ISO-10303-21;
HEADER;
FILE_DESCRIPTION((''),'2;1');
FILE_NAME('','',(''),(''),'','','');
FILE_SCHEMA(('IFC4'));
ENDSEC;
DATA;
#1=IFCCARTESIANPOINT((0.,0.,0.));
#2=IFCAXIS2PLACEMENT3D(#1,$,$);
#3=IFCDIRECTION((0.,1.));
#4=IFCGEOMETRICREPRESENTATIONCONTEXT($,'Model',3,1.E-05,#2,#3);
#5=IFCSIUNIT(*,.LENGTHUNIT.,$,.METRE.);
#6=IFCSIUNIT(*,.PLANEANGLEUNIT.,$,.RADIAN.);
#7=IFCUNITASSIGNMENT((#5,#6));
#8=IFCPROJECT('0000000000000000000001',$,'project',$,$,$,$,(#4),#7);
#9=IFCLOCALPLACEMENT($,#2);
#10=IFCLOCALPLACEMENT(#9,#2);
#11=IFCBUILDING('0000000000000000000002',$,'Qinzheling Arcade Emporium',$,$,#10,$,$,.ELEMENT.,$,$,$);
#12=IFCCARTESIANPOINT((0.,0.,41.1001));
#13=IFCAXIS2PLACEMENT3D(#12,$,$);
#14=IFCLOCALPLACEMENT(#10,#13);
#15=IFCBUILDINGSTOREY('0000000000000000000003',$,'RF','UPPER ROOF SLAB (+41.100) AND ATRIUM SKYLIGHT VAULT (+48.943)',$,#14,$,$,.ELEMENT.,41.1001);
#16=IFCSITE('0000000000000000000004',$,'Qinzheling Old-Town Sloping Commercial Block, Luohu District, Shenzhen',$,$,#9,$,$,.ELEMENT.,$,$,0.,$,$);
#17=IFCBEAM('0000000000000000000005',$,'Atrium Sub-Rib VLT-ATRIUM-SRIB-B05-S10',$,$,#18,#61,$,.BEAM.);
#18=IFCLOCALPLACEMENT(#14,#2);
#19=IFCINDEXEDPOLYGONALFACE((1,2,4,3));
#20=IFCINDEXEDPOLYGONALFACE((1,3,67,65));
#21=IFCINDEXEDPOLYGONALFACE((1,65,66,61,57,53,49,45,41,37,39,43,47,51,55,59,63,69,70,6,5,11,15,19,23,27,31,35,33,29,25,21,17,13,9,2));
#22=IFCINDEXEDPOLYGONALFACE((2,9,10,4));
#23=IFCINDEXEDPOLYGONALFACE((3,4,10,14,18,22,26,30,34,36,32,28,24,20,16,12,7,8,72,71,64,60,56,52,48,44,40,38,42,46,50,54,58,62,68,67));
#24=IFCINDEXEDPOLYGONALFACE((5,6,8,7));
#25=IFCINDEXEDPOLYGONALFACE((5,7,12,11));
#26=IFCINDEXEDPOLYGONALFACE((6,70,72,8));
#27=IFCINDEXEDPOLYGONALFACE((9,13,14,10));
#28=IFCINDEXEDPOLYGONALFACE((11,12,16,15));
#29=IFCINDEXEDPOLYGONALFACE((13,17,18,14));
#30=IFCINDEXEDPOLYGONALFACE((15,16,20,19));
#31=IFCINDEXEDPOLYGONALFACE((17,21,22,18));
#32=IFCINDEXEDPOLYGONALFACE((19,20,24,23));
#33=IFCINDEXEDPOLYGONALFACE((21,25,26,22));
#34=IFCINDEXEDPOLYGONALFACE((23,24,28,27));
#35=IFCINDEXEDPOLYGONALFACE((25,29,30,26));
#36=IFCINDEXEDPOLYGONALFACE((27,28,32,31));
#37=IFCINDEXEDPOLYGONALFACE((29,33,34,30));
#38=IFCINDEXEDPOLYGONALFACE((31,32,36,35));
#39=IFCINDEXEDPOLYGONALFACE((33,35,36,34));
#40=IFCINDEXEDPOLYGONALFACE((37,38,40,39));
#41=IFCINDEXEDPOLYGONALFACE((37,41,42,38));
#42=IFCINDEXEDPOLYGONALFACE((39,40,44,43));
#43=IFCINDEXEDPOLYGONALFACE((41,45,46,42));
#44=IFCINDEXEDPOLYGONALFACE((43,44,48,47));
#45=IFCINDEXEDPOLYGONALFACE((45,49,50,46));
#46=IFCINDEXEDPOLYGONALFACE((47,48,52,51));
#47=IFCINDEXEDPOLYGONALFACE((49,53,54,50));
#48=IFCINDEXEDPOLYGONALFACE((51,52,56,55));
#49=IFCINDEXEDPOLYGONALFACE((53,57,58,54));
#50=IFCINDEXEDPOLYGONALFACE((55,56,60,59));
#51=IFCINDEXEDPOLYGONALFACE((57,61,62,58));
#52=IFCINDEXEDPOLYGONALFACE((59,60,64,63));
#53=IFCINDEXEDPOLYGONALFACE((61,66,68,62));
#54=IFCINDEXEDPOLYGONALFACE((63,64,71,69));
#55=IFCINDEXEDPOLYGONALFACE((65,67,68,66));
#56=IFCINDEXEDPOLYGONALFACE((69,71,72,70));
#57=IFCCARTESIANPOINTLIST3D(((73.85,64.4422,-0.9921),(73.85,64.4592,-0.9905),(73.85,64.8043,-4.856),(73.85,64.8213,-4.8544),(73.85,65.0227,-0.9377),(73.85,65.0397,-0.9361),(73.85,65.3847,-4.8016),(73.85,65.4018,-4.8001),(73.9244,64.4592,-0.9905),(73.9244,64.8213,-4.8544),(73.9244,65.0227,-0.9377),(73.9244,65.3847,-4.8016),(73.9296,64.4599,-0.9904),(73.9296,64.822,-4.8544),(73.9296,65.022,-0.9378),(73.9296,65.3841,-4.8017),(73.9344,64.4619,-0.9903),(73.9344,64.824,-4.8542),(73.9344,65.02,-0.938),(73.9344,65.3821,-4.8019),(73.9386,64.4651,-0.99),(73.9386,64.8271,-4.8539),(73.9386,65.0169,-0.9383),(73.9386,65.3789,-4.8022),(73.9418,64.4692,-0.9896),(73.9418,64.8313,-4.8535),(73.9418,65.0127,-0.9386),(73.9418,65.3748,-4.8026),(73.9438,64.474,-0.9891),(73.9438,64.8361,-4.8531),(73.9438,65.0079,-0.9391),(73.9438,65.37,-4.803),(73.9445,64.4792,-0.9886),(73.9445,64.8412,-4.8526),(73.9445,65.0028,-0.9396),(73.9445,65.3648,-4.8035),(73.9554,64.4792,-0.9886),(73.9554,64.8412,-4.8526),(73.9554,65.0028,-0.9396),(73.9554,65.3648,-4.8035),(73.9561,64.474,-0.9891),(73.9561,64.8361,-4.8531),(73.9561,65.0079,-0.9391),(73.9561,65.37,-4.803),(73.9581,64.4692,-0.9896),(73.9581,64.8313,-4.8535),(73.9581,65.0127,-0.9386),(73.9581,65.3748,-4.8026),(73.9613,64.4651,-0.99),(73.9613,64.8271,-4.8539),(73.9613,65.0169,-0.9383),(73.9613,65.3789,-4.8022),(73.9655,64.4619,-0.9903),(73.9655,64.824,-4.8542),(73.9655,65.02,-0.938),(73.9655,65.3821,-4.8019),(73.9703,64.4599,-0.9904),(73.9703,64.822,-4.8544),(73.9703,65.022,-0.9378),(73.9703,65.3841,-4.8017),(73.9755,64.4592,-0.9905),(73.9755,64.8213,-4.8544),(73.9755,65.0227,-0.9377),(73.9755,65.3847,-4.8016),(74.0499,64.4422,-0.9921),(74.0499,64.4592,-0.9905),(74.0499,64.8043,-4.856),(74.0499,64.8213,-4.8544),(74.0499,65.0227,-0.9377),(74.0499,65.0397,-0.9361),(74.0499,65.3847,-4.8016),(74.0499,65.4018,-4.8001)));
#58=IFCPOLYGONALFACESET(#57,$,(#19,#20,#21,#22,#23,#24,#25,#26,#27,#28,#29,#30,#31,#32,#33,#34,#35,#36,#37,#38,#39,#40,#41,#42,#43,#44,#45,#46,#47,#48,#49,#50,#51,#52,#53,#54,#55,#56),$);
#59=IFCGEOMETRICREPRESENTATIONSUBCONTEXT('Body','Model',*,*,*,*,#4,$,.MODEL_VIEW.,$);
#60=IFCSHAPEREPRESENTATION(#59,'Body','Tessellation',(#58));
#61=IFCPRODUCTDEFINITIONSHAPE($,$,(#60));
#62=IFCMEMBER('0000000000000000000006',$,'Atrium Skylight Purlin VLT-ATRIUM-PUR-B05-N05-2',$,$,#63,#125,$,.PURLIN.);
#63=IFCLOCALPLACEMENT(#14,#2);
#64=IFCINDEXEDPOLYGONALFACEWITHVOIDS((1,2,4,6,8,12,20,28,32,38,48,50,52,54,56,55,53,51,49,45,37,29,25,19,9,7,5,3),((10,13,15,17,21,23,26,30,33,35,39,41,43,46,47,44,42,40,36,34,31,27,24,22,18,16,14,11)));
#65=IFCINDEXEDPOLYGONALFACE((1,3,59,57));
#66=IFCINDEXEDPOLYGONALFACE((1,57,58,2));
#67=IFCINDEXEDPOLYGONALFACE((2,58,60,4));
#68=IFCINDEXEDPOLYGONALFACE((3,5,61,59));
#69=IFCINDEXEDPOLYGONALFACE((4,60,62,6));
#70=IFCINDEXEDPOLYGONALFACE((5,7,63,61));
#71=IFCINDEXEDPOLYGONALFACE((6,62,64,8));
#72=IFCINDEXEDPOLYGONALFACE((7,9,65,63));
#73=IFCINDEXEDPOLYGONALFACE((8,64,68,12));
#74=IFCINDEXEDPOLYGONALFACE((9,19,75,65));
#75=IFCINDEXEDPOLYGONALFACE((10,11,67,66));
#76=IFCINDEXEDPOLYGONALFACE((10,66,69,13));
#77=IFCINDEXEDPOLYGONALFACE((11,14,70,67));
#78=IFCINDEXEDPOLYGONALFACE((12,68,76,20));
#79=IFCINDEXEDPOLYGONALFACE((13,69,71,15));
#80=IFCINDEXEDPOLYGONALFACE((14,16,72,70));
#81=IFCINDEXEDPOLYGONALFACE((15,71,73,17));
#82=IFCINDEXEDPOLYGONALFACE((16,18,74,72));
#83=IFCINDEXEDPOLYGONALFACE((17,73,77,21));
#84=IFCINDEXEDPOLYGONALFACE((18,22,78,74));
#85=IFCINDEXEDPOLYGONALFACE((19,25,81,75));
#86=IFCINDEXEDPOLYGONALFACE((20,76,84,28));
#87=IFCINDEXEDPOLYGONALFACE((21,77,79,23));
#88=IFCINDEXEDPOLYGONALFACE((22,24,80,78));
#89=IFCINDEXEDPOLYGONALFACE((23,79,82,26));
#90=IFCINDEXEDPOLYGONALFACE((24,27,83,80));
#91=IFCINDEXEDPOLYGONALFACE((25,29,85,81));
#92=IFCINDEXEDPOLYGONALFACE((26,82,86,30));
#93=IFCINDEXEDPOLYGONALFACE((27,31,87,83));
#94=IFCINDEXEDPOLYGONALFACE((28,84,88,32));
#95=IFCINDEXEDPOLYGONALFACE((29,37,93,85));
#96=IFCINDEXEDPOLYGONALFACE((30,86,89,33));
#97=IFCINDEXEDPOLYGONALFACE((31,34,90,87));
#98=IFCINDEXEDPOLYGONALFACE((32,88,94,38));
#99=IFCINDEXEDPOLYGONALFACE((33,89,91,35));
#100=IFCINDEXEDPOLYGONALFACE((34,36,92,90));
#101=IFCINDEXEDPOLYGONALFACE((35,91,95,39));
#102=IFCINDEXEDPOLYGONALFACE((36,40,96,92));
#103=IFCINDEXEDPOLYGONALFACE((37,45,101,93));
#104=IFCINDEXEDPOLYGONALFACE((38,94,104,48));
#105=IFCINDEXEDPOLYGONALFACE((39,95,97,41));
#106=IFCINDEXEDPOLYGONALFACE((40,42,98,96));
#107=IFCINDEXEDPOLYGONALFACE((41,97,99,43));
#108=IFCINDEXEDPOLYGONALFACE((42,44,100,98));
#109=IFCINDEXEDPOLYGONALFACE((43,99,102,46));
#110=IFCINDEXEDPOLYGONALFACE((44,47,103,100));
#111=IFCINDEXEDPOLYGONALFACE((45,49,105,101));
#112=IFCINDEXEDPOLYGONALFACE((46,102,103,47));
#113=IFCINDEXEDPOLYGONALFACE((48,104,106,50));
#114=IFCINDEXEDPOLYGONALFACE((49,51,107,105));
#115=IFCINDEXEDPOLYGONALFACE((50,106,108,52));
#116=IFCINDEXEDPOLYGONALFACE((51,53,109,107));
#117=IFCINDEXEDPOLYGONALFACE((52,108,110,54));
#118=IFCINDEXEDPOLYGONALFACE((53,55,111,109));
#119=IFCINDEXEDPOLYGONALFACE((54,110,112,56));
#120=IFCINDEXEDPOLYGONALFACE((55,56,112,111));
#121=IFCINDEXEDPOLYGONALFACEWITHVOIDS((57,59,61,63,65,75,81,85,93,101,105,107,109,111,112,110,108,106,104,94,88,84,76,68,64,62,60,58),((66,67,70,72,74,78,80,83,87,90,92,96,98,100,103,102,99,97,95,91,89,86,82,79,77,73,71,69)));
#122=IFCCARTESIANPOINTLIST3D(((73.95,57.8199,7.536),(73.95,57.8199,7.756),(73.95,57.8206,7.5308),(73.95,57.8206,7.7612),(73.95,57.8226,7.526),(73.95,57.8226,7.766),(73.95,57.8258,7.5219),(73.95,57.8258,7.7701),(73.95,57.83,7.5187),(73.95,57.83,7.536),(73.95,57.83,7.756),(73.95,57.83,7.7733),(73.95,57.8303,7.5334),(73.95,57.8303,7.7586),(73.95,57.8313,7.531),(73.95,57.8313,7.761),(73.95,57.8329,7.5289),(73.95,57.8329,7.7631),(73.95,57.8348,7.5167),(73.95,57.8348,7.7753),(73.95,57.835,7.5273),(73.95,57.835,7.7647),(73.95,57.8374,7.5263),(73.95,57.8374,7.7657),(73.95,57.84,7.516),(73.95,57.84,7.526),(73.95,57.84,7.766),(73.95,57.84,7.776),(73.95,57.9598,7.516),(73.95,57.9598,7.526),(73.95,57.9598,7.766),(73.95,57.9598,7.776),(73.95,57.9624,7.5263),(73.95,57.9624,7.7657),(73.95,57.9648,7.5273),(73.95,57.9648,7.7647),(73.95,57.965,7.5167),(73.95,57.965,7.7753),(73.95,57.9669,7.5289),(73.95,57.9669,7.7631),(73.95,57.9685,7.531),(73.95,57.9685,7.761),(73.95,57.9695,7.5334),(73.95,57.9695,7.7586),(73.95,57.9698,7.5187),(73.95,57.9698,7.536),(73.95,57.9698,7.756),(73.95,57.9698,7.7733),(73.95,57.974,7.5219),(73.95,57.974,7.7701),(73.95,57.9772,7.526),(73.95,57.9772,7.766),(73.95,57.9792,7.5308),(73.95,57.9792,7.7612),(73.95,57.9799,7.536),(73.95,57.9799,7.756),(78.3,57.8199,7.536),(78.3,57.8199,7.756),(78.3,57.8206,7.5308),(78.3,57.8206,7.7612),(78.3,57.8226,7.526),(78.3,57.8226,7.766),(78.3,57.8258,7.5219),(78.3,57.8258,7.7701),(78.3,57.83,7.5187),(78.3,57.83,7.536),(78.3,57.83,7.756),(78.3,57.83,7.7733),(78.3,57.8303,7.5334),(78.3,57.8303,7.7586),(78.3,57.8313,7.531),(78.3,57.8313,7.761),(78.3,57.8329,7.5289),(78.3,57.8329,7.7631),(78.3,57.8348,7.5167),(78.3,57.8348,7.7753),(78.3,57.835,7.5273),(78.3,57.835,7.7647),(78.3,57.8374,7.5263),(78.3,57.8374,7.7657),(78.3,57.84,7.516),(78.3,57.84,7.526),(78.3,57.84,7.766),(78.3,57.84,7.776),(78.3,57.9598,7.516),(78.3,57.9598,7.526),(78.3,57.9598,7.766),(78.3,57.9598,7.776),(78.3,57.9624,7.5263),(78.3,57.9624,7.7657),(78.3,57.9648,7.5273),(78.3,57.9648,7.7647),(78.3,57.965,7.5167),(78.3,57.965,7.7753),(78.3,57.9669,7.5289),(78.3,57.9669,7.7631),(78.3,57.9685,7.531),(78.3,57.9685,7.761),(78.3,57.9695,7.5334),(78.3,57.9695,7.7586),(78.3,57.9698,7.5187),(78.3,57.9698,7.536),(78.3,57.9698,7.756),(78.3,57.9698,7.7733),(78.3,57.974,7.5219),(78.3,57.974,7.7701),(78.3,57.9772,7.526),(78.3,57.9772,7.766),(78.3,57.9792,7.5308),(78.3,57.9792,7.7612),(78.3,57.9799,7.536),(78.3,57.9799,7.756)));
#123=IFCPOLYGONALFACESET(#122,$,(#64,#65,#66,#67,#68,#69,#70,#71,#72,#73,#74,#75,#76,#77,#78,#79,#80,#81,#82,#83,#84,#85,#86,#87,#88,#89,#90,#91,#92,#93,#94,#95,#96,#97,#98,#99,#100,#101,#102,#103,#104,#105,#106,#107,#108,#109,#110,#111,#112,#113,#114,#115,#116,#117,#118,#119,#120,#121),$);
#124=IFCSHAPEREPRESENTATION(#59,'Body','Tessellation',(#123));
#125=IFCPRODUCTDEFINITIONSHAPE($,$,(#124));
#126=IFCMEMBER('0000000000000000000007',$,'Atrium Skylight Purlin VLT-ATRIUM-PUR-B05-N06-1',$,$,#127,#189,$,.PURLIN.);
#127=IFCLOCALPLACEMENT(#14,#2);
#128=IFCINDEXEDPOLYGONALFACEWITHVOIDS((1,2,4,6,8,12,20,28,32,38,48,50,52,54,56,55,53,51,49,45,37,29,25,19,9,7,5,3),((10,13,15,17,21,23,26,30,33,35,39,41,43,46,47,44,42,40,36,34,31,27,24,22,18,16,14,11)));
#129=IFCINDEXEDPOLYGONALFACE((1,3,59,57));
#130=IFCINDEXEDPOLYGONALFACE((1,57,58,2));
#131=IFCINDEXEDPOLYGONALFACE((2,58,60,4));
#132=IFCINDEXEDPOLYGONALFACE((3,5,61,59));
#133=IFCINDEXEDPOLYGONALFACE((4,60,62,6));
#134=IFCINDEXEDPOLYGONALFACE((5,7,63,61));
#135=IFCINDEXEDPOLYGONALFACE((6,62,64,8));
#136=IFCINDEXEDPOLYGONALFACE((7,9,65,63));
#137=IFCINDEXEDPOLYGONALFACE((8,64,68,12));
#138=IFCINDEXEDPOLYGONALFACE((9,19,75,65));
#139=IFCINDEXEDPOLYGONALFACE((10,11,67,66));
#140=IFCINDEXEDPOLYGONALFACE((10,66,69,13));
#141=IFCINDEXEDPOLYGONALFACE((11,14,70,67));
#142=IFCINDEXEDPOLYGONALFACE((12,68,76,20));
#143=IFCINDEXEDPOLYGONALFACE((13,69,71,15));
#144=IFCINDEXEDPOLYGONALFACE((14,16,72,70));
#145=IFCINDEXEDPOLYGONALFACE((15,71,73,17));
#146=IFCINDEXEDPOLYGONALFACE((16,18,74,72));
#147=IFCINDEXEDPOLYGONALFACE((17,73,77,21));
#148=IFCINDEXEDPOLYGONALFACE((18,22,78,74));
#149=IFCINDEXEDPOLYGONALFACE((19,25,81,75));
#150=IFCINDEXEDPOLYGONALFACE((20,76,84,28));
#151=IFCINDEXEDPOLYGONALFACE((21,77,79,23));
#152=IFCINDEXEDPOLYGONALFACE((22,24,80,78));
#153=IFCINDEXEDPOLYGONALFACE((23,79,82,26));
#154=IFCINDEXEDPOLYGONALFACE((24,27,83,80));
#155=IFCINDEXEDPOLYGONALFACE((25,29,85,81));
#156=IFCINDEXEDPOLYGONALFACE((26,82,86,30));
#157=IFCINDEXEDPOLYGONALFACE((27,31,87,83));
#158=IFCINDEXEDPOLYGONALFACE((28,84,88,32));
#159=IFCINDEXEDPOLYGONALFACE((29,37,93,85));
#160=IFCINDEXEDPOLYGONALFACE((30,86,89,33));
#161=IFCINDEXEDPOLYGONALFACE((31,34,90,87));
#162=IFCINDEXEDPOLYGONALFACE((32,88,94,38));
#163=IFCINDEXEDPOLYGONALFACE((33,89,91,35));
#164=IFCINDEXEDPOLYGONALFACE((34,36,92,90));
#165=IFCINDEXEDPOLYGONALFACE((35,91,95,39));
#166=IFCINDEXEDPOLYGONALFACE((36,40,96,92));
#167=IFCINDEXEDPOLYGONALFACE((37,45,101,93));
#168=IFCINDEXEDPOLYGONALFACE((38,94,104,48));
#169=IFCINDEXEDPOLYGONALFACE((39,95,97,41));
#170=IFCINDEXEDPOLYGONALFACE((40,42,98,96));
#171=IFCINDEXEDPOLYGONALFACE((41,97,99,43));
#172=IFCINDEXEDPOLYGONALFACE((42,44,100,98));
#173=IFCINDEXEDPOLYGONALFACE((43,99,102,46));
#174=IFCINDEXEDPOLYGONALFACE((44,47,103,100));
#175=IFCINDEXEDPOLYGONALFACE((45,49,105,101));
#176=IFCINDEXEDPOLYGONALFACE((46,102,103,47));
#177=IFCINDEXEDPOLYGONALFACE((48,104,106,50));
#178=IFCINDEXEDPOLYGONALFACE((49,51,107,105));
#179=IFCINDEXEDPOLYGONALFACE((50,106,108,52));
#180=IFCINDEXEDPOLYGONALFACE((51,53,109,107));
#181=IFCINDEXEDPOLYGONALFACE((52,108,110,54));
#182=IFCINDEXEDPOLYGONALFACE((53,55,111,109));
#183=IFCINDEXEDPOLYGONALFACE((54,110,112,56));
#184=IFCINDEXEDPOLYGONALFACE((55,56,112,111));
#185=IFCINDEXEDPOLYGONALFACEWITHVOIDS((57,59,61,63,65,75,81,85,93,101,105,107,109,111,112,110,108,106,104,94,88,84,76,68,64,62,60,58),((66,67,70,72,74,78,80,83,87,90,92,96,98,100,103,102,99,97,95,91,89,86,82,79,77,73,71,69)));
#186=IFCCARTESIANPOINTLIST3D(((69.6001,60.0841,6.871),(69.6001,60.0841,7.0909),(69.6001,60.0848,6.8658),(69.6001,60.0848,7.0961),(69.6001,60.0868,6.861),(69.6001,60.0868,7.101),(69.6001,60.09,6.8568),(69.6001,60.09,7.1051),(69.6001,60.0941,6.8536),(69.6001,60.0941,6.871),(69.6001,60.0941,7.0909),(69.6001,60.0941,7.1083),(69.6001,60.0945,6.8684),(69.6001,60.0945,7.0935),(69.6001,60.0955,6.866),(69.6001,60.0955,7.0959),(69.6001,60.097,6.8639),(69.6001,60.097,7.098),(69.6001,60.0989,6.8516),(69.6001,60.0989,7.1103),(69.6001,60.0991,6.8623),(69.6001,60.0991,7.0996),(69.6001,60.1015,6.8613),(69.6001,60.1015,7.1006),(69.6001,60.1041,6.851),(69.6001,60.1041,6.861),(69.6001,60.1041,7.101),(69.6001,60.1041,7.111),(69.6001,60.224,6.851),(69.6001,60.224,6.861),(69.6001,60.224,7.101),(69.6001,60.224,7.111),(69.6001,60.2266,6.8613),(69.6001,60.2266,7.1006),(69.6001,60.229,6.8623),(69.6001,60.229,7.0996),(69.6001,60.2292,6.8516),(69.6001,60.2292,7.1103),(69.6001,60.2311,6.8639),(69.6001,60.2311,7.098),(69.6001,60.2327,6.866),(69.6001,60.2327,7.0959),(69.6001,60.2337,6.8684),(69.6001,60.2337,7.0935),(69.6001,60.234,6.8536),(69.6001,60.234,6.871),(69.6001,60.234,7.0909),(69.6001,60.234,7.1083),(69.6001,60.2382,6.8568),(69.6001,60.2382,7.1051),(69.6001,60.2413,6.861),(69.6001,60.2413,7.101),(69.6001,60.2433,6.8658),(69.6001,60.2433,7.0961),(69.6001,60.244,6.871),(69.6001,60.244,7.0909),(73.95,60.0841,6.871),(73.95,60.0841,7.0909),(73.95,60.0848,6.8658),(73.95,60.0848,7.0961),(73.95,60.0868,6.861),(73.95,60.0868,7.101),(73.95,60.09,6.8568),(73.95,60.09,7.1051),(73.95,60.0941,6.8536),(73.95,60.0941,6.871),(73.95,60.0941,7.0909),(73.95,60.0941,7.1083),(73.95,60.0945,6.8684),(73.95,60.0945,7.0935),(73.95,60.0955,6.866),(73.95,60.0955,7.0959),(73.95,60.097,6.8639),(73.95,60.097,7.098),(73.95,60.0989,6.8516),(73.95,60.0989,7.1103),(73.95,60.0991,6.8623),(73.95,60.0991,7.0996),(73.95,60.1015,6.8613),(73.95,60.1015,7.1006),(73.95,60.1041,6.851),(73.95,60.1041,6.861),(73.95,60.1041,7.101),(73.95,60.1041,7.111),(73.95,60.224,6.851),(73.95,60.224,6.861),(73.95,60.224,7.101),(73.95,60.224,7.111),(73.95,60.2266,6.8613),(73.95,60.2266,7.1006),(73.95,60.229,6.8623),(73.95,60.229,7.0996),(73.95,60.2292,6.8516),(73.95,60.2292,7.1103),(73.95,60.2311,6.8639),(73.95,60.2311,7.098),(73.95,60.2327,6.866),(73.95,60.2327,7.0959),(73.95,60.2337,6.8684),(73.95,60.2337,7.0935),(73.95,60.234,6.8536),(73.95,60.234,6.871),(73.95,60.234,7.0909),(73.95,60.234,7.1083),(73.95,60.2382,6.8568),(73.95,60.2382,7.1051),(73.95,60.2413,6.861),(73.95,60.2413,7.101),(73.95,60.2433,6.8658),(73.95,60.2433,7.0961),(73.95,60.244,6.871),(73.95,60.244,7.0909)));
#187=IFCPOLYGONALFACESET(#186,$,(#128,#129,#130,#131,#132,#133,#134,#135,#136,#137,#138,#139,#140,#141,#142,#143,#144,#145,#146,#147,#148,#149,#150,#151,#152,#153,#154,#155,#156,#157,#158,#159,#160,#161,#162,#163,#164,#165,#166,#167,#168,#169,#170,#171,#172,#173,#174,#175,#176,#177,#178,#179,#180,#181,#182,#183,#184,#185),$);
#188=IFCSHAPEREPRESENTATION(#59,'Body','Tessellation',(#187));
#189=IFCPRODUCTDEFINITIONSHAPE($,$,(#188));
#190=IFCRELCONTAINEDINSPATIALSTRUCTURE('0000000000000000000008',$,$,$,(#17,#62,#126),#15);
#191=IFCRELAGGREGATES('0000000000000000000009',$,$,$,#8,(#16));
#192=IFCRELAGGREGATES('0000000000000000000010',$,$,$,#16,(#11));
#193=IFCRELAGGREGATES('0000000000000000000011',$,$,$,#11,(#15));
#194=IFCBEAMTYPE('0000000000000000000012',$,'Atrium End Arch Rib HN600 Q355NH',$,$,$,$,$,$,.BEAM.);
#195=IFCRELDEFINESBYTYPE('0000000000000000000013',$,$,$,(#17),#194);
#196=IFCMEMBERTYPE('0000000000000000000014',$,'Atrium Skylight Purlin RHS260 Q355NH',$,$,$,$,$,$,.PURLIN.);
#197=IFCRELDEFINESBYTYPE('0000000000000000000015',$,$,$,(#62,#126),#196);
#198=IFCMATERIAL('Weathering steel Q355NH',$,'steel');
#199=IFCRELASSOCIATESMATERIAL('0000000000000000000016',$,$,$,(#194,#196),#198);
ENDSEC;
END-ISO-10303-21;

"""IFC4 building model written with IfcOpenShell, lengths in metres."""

from ifc_helpers import new_model, si_unit, direction, frame, origin, origin_2d, place, context, subcontext, project, spatial, hollow_rectangle, i_section, extrude, material, material_profile, profile_set, type_object, element, save


model = new_model("IFC4")

# Units and contexts
model_context = context("Model", 3, precision=1e-05, world=origin(), true_north=direction((0.0, 1.0)))
body_context = subcontext(model_context, "Body", "Model", "MODEL_VIEW")
ifc_project = project(units=[si_unit("LENGTHUNIT", "METRE"), si_unit("PLANEANGLEUNIT", "RADIAN")], contexts=[model_context])

# Site, building, storey
site_placement = place(None, origin())
site = spatial("IfcSite", under=ifc_project, at=site_placement, Name="Qinzheling Old-Town Sloping Commercial Block, Luohu District, Shenzhen", CompositionType="ELEMENT", RefElevation=0.0)
building_placement = place(site_placement, origin())
building = spatial("IfcBuilding", under=site, at=building_placement, Name="Qinzheling Arcade Emporium", CompositionType="ELEMENT")
storey_placement = place(building_placement, frame((0.0, 0.0, 41.1001)))
storey = spatial("IfcBuildingStorey", under=building, at=storey_placement, Name="RF", Description="UPPER ROOF SLAB (+41.100) AND ATRIUM SKYLIGHT VAULT (+48.943)", CompositionType="ELEMENT", Elevation=41.1001)

# Beam
ifc_material_1 = material(Name="Weathering steel Q355NH", Category="steel")
ifc_material_profile_1 = material_profile(ifc_material_1, i_section(OverallWidth=0.2, OverallDepth=0.6001, WebThickness=0.011, FlangeThickness=0.0171, FilletRadius=0.02, at=origin_2d()), Name="HN 600x200x11x17", Category="steel")
ifc_profile_set_1 = profile_set([ifc_material_profile_1], Name="Weathering steel Q355NH")
beam_type_1 = type_object("IfcBeamType", Name="Atrium End Arch Rib HN600 Q355NH", PredefinedType="BEAM", material=ifc_profile_set_1)
beam_1_placement = place(storey_placement, frame((73.95, 64.741, -0.9641), z_axis=(0.0, 0.093292, -0.995639), x_axis=(-1.0, 0.0, 0.0)))
element("IfcBeam", 1, at=beam_1_placement, inside=storey, type_object=beam_type_1, Name="Atrium Sub-Rib VLT-ATRIUM-SRIB-B05-S10", PredefinedType="BEAM", context=body_context, shape_type="SweptSolid", body=[
    extrude(i_section(OverallWidth=0.2, OverallDepth=0.6001, WebThickness=0.011, FlangeThickness=0.0171, FilletRadius=0.02, at=origin_2d()), origin(), (0.0, 0.0, 1.0), 3.8809),
])

# Members
ifc_material_profile_2 = material_profile(ifc_material_1, hollow_rectangle(XDim=0.1599, YDim=0.26, WallThickness=0.01, InnerFilletRadius=0.01, OuterFilletRadius=0.02, at=origin_2d()), Name="RHS 260x160x10", Category="steel")
ifc_profile_set_2 = profile_set([ifc_material_profile_2], Name="Weathering steel Q355NH")
member_type_1 = type_object("IfcMemberType", Name="Atrium Skylight Purlin RHS260 Q355NH", PredefinedType="PURLIN", material=ifc_profile_set_2)
member_1_placement = place(storey_placement, frame((73.95, 57.8999, 7.646), z_axis=(1.0, 0.0, 0.0), x_axis=(0.0, 1.0, 0.0)))
element("IfcMember", 2, at=member_1_placement, inside=storey, type_object=member_type_1, Name="Atrium Skylight Purlin VLT-ATRIUM-PUR-B05-N05-2", PredefinedType="PURLIN", context=body_context, shape_type="SweptSolid", body=[
    extrude(hollow_rectangle(XDim=0.1599, YDim=0.26, WallThickness=0.01, InnerFilletRadius=0.01, OuterFilletRadius=0.02, at=origin_2d()), origin(), (0.0, 0.0, 1.0), 4.3501),
])
member_2_placement = place(storey_placement, frame((69.6001, 60.1641, 6.981), z_axis=(1.0, 0.0, 0.0), x_axis=(0.0, 1.0, 0.0)))
element("IfcMember", 3, at=member_2_placement, inside=storey, type_object=member_type_1, Name="Atrium Skylight Purlin VLT-ATRIUM-PUR-B05-N06-1", PredefinedType="PURLIN", context=body_context, shape_type="SweptSolid", body=[
    extrude(hollow_rectangle(XDim=0.1599, YDim=0.26, WallThickness=0.01, InnerFilletRadius=0.01, OuterFilletRadius=0.02, at=origin_2d()), origin(), (0.0, 0.0, 1.0), 4.3499),
])

save(model, "model.ifc")
